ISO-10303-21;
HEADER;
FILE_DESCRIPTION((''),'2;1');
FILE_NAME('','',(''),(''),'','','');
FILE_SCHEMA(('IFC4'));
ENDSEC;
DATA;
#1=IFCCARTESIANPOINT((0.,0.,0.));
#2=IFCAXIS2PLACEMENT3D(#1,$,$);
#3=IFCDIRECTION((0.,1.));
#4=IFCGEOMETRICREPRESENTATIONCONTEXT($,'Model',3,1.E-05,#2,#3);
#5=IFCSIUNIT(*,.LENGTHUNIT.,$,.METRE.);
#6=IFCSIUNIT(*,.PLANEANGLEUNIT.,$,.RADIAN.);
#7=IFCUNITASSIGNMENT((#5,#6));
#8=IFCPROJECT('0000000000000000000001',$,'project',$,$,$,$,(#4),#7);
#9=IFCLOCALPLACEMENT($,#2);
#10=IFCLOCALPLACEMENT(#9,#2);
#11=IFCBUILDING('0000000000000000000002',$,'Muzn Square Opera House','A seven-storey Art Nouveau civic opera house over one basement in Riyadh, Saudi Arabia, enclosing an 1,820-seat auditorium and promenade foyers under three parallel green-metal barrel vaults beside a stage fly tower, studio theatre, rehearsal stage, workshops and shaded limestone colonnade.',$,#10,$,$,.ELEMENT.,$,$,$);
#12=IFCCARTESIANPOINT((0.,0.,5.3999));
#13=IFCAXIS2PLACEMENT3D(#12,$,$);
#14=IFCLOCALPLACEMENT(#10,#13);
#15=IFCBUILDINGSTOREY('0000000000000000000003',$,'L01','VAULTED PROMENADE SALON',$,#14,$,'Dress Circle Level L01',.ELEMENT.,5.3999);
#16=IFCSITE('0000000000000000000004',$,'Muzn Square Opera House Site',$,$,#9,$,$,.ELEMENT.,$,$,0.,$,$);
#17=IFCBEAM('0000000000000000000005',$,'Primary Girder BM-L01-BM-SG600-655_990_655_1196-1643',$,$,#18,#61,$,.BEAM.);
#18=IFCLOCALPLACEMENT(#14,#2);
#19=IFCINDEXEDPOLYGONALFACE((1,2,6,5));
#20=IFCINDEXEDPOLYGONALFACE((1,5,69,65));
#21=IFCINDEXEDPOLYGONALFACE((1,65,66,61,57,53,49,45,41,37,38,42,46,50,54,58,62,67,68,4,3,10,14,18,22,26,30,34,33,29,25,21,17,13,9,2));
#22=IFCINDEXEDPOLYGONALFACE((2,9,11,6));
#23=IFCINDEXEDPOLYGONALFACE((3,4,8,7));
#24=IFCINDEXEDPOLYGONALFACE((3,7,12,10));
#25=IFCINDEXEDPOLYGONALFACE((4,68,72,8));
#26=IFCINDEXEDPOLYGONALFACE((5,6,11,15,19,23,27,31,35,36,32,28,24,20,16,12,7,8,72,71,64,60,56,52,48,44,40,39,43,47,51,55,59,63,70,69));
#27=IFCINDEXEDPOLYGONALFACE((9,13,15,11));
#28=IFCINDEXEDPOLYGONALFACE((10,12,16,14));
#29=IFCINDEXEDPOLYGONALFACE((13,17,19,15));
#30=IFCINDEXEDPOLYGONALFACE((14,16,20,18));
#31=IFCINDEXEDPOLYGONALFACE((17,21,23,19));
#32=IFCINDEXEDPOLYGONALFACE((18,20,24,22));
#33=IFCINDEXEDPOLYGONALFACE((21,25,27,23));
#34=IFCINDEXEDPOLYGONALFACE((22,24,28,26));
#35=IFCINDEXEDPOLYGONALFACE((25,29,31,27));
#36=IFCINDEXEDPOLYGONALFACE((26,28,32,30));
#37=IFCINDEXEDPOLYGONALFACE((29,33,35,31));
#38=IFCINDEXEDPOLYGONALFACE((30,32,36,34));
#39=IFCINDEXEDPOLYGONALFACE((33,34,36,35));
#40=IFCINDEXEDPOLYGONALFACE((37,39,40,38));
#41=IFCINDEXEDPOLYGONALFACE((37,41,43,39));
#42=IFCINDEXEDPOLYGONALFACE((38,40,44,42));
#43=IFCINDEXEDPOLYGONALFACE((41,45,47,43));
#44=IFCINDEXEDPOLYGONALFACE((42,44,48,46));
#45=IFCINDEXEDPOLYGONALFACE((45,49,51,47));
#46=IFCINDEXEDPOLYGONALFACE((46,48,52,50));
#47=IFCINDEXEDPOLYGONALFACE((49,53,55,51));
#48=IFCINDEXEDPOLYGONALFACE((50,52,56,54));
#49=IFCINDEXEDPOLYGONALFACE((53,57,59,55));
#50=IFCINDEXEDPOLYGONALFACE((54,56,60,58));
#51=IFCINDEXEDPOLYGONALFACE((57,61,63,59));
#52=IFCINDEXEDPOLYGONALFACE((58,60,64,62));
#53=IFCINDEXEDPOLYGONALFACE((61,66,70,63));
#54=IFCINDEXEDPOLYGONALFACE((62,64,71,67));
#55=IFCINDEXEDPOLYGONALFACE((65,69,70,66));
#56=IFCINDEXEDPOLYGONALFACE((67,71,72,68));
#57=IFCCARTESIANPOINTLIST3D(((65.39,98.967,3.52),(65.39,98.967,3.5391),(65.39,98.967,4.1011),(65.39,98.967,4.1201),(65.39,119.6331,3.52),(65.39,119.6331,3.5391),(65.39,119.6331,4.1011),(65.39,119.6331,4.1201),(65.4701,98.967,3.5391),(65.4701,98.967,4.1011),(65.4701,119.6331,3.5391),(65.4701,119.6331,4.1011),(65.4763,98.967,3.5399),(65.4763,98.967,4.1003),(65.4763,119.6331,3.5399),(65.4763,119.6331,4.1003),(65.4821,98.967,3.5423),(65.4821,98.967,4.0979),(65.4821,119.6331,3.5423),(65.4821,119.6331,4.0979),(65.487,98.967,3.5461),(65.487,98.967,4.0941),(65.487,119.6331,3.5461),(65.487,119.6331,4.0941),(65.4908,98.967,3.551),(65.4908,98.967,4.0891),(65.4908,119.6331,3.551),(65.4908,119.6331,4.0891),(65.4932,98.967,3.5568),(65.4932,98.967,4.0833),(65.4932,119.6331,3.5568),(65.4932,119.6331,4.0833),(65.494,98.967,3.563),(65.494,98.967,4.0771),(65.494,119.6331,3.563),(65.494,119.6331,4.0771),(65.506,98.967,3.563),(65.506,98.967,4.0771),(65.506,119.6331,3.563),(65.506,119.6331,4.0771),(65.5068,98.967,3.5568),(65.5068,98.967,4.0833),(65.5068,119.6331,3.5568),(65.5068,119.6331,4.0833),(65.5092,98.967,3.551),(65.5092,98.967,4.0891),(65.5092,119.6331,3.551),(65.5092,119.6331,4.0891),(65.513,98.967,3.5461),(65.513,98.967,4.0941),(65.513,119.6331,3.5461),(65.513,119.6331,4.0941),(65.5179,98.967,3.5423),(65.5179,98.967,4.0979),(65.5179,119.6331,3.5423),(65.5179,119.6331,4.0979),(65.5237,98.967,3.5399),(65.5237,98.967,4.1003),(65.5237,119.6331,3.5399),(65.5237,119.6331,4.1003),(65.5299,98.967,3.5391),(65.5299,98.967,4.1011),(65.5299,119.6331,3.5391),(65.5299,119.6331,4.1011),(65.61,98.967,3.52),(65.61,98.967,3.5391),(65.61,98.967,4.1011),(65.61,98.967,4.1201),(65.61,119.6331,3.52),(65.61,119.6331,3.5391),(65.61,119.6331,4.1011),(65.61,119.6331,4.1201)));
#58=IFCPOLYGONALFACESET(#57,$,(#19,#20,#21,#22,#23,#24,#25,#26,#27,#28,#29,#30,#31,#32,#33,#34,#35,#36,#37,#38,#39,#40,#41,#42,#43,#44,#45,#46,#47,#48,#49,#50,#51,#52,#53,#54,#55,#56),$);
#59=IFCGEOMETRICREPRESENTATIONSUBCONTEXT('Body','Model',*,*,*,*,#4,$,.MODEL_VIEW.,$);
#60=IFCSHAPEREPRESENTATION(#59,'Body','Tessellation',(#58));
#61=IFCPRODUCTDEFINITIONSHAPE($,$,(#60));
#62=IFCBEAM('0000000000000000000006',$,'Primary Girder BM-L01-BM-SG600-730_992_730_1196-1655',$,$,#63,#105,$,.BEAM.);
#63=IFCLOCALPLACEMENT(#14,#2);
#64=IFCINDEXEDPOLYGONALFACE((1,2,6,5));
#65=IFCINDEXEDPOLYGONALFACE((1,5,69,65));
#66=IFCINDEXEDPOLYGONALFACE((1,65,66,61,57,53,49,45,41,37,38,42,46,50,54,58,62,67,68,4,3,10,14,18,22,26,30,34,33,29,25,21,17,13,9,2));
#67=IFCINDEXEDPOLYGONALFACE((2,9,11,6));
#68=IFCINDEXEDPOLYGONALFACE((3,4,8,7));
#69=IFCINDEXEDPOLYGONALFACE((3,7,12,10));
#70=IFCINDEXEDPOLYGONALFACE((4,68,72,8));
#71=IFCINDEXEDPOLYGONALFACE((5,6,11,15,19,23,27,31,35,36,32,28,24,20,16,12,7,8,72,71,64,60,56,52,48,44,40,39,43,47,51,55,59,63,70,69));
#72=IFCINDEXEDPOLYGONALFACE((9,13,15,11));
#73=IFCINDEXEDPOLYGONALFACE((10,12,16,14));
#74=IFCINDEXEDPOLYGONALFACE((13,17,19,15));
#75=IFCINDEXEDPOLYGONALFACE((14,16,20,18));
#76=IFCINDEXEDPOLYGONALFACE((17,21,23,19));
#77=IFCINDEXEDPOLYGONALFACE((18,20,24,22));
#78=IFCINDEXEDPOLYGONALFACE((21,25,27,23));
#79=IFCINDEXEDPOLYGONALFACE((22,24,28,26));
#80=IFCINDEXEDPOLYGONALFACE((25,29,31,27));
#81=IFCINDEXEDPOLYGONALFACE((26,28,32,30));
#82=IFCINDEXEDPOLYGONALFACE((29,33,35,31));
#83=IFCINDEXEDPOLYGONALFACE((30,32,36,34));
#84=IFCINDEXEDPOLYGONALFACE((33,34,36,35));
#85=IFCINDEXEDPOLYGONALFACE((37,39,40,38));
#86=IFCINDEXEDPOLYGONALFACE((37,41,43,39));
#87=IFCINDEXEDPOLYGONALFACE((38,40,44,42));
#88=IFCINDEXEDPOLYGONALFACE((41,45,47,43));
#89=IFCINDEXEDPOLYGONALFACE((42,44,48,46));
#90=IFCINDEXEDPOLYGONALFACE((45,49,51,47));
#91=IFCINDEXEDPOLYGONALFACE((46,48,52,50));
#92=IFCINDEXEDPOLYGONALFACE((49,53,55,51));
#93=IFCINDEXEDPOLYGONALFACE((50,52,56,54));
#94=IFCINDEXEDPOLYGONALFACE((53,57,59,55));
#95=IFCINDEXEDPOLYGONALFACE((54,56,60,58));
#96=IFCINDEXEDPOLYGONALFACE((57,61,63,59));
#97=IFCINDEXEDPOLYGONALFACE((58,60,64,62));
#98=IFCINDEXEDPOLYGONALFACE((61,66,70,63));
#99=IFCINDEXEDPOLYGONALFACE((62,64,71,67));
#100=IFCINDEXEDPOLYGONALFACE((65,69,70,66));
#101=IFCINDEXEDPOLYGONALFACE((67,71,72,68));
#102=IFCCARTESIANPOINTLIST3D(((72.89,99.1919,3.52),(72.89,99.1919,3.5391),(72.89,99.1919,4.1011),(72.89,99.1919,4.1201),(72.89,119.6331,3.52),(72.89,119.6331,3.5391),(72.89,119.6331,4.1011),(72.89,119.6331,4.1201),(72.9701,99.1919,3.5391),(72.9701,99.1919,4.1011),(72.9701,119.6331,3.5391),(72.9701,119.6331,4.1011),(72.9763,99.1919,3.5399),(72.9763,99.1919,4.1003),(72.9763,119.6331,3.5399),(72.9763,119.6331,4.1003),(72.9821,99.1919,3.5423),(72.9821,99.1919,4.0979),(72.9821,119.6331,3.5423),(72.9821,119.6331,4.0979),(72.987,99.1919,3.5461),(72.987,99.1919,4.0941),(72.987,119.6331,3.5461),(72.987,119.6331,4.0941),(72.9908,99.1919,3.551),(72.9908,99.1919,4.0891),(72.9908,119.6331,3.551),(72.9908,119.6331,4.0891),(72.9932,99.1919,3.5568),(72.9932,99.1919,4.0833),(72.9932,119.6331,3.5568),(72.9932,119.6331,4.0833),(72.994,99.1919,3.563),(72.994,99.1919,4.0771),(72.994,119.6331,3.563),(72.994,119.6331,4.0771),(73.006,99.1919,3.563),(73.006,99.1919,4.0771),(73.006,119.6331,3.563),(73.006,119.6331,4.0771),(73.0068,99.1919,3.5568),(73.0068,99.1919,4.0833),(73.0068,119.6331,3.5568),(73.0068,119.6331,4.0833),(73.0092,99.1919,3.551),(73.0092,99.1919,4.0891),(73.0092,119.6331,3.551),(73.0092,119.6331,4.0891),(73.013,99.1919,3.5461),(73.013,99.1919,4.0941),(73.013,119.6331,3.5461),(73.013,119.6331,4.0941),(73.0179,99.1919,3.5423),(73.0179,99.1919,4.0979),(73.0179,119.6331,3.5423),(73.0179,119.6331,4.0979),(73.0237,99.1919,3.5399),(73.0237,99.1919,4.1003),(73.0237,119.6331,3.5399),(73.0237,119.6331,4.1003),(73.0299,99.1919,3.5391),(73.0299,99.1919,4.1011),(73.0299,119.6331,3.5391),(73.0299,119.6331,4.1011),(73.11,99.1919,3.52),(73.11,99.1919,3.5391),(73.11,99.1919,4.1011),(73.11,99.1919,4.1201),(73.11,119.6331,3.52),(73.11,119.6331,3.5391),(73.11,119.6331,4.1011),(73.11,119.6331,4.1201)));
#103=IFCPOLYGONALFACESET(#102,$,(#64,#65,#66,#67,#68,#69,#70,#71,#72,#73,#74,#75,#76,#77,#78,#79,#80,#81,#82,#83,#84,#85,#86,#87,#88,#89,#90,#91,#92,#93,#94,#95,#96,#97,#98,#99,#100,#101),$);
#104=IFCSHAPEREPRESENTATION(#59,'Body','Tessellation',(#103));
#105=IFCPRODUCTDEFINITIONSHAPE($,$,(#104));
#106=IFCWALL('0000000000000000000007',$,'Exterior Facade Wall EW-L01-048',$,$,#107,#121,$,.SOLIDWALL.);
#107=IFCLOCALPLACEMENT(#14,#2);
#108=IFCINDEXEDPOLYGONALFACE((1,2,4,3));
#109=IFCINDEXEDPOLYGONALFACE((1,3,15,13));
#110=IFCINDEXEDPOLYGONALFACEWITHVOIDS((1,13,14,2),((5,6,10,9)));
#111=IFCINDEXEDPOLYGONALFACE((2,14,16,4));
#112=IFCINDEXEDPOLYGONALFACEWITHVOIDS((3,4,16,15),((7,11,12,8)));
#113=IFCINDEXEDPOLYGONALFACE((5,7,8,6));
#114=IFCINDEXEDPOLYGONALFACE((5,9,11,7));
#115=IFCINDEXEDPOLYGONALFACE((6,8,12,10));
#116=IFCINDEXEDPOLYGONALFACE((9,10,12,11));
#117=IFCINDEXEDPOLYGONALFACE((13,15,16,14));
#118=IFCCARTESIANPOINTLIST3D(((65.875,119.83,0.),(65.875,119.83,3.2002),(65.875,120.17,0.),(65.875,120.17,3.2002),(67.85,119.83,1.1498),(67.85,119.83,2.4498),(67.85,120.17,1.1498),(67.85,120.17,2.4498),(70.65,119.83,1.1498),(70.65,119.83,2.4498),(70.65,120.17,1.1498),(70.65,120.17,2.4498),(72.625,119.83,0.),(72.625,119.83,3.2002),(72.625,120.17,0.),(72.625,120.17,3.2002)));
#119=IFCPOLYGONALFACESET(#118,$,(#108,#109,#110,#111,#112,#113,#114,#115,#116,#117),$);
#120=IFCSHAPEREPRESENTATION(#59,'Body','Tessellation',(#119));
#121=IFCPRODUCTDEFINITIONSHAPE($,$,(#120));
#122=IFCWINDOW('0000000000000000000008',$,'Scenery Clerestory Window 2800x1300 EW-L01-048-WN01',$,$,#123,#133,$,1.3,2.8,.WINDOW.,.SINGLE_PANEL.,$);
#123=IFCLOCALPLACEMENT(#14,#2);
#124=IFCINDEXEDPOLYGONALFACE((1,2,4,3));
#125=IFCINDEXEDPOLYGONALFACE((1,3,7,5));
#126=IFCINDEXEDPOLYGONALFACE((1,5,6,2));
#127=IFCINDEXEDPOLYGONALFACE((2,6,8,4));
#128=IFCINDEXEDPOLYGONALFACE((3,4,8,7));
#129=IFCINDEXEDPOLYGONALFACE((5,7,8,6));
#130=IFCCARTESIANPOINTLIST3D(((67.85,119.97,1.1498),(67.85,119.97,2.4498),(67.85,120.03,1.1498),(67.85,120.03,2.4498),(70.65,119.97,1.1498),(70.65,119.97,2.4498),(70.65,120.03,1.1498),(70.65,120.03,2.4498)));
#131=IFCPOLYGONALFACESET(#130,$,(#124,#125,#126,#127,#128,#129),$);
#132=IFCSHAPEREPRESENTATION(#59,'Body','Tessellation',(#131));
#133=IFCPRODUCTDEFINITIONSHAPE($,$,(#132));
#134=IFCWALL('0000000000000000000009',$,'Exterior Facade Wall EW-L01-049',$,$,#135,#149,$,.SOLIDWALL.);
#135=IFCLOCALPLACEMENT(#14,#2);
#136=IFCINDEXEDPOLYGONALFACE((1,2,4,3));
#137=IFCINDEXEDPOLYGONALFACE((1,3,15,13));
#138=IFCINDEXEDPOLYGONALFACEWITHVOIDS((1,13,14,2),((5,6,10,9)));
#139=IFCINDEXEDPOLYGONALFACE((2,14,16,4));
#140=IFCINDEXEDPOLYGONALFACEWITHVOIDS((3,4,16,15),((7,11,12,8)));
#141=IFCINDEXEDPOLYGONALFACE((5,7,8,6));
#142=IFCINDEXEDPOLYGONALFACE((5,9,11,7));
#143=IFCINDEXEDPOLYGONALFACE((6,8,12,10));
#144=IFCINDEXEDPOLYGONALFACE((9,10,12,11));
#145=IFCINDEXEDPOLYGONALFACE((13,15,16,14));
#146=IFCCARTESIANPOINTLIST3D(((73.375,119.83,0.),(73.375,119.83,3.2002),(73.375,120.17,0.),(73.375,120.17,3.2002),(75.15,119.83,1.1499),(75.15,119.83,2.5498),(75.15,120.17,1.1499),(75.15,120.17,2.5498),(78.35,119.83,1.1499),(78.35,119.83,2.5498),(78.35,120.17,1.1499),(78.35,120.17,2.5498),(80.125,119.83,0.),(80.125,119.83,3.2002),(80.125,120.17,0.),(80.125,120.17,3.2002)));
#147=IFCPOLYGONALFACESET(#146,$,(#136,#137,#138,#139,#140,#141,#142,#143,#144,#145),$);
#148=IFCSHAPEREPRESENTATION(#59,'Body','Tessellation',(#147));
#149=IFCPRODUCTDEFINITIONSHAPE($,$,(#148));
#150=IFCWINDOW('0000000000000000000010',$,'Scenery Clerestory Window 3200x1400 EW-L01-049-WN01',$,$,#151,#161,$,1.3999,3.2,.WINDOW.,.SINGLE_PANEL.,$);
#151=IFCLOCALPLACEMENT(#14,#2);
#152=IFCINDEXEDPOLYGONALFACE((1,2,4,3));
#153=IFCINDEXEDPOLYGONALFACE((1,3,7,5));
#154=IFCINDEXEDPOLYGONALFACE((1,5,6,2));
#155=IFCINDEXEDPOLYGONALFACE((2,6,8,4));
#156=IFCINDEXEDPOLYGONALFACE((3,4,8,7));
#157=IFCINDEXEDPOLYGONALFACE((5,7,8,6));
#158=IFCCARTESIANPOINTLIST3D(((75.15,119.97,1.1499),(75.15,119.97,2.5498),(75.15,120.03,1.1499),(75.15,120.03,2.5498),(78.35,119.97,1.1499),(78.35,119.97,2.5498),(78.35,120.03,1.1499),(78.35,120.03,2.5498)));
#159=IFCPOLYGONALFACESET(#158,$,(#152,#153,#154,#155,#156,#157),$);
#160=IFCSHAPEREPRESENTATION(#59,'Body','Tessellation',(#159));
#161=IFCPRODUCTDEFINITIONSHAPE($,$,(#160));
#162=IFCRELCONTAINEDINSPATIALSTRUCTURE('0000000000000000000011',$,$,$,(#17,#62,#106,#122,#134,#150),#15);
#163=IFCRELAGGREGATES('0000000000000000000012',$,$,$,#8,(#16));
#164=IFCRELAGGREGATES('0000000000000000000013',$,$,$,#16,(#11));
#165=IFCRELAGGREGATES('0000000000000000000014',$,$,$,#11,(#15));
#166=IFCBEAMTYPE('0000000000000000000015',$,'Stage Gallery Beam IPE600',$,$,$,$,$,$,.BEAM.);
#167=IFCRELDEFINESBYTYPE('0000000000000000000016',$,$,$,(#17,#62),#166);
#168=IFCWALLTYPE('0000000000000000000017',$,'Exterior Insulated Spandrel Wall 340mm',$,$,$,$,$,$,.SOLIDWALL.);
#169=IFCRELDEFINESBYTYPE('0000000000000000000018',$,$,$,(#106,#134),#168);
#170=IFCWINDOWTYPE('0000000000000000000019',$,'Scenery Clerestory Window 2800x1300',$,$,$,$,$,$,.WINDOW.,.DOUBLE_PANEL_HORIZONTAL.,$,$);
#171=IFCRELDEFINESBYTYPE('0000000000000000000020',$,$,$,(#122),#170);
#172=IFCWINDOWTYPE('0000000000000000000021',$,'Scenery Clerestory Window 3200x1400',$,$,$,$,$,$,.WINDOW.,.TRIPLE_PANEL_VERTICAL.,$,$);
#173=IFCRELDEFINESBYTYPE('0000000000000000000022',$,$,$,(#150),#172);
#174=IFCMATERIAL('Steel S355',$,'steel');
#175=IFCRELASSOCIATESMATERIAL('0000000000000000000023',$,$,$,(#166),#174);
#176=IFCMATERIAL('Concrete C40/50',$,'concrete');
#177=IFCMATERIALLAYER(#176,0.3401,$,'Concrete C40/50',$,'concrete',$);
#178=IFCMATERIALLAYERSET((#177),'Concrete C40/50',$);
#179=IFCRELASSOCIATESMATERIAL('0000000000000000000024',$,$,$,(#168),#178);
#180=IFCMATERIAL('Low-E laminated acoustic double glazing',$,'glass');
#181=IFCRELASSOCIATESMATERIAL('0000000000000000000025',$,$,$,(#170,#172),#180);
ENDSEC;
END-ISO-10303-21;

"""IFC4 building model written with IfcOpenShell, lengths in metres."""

from ifc_helpers import new_model, si_unit, direction, frame, frame_2d, origin, origin_2d, place, context, subcontext, project, spatial, rectangle, i_section, extrude, material, layer, layer_set, material_profile, profile_set, type_object, element, fill, save


model = new_model("IFC4")

# Units and contexts
model_context = context("Model", 3, precision=1e-05, world=origin(), true_north=direction((0.0, 1.0)))
body_context = subcontext(model_context, "Body", "Model", "MODEL_VIEW")
ifc_project = project(units=[si_unit("LENGTHUNIT", "METRE"), si_unit("PLANEANGLEUNIT", "RADIAN")], contexts=[model_context])

# Site, building, storey
site_placement = place(None, origin())
site = spatial("IfcSite", under=ifc_project, at=site_placement, Name="Muzn Square Opera House Site", CompositionType="ELEMENT", RefElevation=0.0)
building_placement = place(site_placement, origin())
building = spatial("IfcBuilding", under=site, at=building_placement, Name="Muzn Square Opera House", Description="A seven-storey Art Nouveau civic opera house over one basement in Riyadh, Saudi Arabia, enclosing an 1,820-seat auditorium and promenade foyers under three parallel green-metal barrel vaults beside a stage fly tower, studio theatre, rehearsal stage, workshops and shaded limestone colonnade.", CompositionType="ELEMENT")
storey_placement = place(building_placement, frame((0.0, 0.0, 5.3999)))
storey = spatial("IfcBuildingStorey", under=building, at=storey_placement, Name="L01", Description="VAULTED PROMENADE SALON", LongName="Dress Circle Level L01", CompositionType="ELEMENT", Elevation=5.3999)

# Beams
ifc_material_1 = material(Name="Concrete C40/50", Category="concrete")
ifc_material_2 = material(Name="Steel S355", Category="steel")
ifc_material_profile_1 = material_profile(ifc_material_2, i_section(OverallWidth=0.22, OverallDepth=0.6001, WebThickness=0.012, FlangeThickness=0.019, FilletRadius=0.0239, at=origin_2d()), Name="IPE 600", Category="steel")
ifc_profile_set_1 = profile_set([ifc_material_profile_1], Name="Steel S355")
beam_type_1 = type_object("IfcBeamType", Name="Stage Gallery Beam IPE600", PredefinedType="BEAM", material=ifc_profile_set_1)
beam_1_placement = place(storey_placement, frame((65.5, 98.967, 3.8201), z_axis=(0.0, 1.0, 0.0), x_axis=(-1.0, 0.0, 0.0)))
element("IfcBeam", 1, at=beam_1_placement, inside=storey, type_object=beam_type_1, Name="Primary Girder BM-L01-BM-SG600-655_990_655_1196-1643", PredefinedType="BEAM", context=body_context, shape_type="SweptSolid", body=[
    extrude(i_section(OverallWidth=0.22, OverallDepth=0.6001, WebThickness=0.012, FlangeThickness=0.019, FilletRadius=0.0239, at=origin_2d()), origin(), (0.0, 0.0, 1.0), 20.666),
])
beam_2_placement = place(storey_placement, frame((73.0, 99.1919, 3.8201), z_axis=(0.0, 1.0, 0.0), x_axis=(-1.0, 0.0, 0.0)))
element("IfcBeam", 2, at=beam_2_placement, inside=storey, type_object=beam_type_1, Name="Primary Girder BM-L01-BM-SG600-730_992_730_1196-1655", PredefinedType="BEAM", context=body_context, shape_type="SweptSolid", body=[
    extrude(i_section(OverallWidth=0.22, OverallDepth=0.6001, WebThickness=0.012, FlangeThickness=0.019, FilletRadius=0.0239, at=origin_2d()), origin(), (0.0, 0.0, 1.0), 20.4412),
])

# Walls, openings, windows
ifc_layer_1 = layer(ifc_material_1, 0.3401, Name="Concrete C40/50", Category="concrete")
ifc_layer_set_1 = layer_set([ifc_layer_1], Name="Concrete C40/50")
wall_type_1 = type_object("IfcWallType", Name="Exterior Insulated Spandrel Wall 340mm", PredefinedType="SOLIDWALL", material=ifc_layer_set_1)
wall_1_placement = place(storey_placement, frame((65.875, 120.0, 0.0), z_axis=(0.0, 0.0, 1.0), x_axis=(1.0, 0.0, 0.0)))
wall_1 = element("IfcWall", 3, at=wall_1_placement, inside=storey, type_object=wall_type_1, Name="Exterior Facade Wall EW-L01-048", PredefinedType="SOLIDWALL", context=body_context, shape_type="SweptSolid", body=[
    extrude(rectangle(XDim=6.75, YDim=0.3401, at=frame_2d((3.375, 0.0))), origin(), (0.0, 0.0, 1.0), 3.2002),
])
opening_1_placement = place(wall_1_placement, frame((1.9751, 0.0, 1.1499)))
opening_1 = element("IfcOpeningElement", 4, at=opening_1_placement, cuts=wall_1, PredefinedType="OPENING", context=body_context, shape_type="SweptSolid", body=[
    extrude(rectangle(XDim=2.8, YDim=1.3, at=frame_2d((1.3999, 0.6499))), frame((0.0, 0.1799, 0.0), z_axis=(0.0, -1.0, 0.0), x_axis=(1.0, 0.0, 0.0)), (0.0, 0.0, 1.0), 0.3601),
])
ifc_material_3 = material(Name="Low-E laminated acoustic double glazing", Category="glass")
window_type_1 = type_object("IfcWindowType", Name="Scenery Clerestory Window 2800x1300", PartitioningType="DOUBLE_PANEL_HORIZONTAL", PredefinedType="WINDOW", material=ifc_material_3)
window_1_placement = place(opening_1_placement, origin())
window_1 = element("IfcWindow", 5, at=window_1_placement, inside=storey, type_object=window_type_1, Name="Scenery Clerestory Window 2800x1300 EW-L01-048-WN01", OverallHeight=1.3, OverallWidth=2.8, PartitioningType="SINGLE_PANEL", PredefinedType="WINDOW", context=body_context, shape_type="SweptSolid", body=[
    extrude(rectangle(XDim=2.8, YDim=1.3, at=frame_2d((1.3999, 0.6499))), frame((0.0, 0.03, 0.0), z_axis=(0.0, -1.0, 0.0), x_axis=(1.0, 0.0, 0.0)), (0.0, 0.0, 1.0), 0.0601),
])
fill(opening_1, window_1)
wall_2_placement = place(storey_placement, frame((73.375, 120.0, 0.0), z_axis=(0.0, 0.0, 1.0), x_axis=(1.0, 0.0, 0.0)))
wall_2 = element("IfcWall", 6, at=wall_2_placement, inside=storey, type_object=wall_type_1, Name="Exterior Facade Wall EW-L01-049", PredefinedType="SOLIDWALL", context=body_context, shape_type="SweptSolid", body=[
    extrude(rectangle(XDim=6.75, YDim=0.3401, at=frame_2d((3.375, 0.0))), origin(), (0.0, 0.0, 1.0), 3.2002),
])
opening_2_placement = place(wall_2_placement, frame((1.7749, 0.0, 1.1499)))
opening_2 = element("IfcOpeningElement", 7, at=opening_2_placement, cuts=wall_2, PredefinedType="OPENING", context=body_context, shape_type="SweptSolid", body=[
    extrude(rectangle(XDim=3.2, YDim=1.3999, at=frame_2d((1.6001, 0.7))), frame((0.0, 0.1799, 0.0), z_axis=(0.0, -1.0, 0.0), x_axis=(1.0, 0.0, 0.0)), (0.0, 0.0, 1.0), 0.3601),
])
window_type_2 = type_object("IfcWindowType", Name="Scenery Clerestory Window 3200x1400", PartitioningType="TRIPLE_PANEL_VERTICAL", PredefinedType="WINDOW", material=ifc_material_3)
window_2_placement = place(opening_2_placement, origin())
window_2 = element("IfcWindow", 8, at=window_2_placement, inside=storey, type_object=window_type_2, Name="Scenery Clerestory Window 3200x1400 EW-L01-049-WN01", OverallHeight=1.3999, OverallWidth=3.2, PartitioningType="SINGLE_PANEL", PredefinedType="WINDOW", context=body_context, shape_type="SweptSolid", body=[
    extrude(rectangle(XDim=3.2, YDim=1.3999, at=frame_2d((1.6001, 0.7))), frame((0.0, 0.03, 0.0), z_axis=(0.0, -1.0, 0.0), x_axis=(1.0, 0.0, 0.0)), (0.0, 0.0, 1.0), 0.0601),
])
fill(opening_2, window_2)

save(model, "model.ifc")
